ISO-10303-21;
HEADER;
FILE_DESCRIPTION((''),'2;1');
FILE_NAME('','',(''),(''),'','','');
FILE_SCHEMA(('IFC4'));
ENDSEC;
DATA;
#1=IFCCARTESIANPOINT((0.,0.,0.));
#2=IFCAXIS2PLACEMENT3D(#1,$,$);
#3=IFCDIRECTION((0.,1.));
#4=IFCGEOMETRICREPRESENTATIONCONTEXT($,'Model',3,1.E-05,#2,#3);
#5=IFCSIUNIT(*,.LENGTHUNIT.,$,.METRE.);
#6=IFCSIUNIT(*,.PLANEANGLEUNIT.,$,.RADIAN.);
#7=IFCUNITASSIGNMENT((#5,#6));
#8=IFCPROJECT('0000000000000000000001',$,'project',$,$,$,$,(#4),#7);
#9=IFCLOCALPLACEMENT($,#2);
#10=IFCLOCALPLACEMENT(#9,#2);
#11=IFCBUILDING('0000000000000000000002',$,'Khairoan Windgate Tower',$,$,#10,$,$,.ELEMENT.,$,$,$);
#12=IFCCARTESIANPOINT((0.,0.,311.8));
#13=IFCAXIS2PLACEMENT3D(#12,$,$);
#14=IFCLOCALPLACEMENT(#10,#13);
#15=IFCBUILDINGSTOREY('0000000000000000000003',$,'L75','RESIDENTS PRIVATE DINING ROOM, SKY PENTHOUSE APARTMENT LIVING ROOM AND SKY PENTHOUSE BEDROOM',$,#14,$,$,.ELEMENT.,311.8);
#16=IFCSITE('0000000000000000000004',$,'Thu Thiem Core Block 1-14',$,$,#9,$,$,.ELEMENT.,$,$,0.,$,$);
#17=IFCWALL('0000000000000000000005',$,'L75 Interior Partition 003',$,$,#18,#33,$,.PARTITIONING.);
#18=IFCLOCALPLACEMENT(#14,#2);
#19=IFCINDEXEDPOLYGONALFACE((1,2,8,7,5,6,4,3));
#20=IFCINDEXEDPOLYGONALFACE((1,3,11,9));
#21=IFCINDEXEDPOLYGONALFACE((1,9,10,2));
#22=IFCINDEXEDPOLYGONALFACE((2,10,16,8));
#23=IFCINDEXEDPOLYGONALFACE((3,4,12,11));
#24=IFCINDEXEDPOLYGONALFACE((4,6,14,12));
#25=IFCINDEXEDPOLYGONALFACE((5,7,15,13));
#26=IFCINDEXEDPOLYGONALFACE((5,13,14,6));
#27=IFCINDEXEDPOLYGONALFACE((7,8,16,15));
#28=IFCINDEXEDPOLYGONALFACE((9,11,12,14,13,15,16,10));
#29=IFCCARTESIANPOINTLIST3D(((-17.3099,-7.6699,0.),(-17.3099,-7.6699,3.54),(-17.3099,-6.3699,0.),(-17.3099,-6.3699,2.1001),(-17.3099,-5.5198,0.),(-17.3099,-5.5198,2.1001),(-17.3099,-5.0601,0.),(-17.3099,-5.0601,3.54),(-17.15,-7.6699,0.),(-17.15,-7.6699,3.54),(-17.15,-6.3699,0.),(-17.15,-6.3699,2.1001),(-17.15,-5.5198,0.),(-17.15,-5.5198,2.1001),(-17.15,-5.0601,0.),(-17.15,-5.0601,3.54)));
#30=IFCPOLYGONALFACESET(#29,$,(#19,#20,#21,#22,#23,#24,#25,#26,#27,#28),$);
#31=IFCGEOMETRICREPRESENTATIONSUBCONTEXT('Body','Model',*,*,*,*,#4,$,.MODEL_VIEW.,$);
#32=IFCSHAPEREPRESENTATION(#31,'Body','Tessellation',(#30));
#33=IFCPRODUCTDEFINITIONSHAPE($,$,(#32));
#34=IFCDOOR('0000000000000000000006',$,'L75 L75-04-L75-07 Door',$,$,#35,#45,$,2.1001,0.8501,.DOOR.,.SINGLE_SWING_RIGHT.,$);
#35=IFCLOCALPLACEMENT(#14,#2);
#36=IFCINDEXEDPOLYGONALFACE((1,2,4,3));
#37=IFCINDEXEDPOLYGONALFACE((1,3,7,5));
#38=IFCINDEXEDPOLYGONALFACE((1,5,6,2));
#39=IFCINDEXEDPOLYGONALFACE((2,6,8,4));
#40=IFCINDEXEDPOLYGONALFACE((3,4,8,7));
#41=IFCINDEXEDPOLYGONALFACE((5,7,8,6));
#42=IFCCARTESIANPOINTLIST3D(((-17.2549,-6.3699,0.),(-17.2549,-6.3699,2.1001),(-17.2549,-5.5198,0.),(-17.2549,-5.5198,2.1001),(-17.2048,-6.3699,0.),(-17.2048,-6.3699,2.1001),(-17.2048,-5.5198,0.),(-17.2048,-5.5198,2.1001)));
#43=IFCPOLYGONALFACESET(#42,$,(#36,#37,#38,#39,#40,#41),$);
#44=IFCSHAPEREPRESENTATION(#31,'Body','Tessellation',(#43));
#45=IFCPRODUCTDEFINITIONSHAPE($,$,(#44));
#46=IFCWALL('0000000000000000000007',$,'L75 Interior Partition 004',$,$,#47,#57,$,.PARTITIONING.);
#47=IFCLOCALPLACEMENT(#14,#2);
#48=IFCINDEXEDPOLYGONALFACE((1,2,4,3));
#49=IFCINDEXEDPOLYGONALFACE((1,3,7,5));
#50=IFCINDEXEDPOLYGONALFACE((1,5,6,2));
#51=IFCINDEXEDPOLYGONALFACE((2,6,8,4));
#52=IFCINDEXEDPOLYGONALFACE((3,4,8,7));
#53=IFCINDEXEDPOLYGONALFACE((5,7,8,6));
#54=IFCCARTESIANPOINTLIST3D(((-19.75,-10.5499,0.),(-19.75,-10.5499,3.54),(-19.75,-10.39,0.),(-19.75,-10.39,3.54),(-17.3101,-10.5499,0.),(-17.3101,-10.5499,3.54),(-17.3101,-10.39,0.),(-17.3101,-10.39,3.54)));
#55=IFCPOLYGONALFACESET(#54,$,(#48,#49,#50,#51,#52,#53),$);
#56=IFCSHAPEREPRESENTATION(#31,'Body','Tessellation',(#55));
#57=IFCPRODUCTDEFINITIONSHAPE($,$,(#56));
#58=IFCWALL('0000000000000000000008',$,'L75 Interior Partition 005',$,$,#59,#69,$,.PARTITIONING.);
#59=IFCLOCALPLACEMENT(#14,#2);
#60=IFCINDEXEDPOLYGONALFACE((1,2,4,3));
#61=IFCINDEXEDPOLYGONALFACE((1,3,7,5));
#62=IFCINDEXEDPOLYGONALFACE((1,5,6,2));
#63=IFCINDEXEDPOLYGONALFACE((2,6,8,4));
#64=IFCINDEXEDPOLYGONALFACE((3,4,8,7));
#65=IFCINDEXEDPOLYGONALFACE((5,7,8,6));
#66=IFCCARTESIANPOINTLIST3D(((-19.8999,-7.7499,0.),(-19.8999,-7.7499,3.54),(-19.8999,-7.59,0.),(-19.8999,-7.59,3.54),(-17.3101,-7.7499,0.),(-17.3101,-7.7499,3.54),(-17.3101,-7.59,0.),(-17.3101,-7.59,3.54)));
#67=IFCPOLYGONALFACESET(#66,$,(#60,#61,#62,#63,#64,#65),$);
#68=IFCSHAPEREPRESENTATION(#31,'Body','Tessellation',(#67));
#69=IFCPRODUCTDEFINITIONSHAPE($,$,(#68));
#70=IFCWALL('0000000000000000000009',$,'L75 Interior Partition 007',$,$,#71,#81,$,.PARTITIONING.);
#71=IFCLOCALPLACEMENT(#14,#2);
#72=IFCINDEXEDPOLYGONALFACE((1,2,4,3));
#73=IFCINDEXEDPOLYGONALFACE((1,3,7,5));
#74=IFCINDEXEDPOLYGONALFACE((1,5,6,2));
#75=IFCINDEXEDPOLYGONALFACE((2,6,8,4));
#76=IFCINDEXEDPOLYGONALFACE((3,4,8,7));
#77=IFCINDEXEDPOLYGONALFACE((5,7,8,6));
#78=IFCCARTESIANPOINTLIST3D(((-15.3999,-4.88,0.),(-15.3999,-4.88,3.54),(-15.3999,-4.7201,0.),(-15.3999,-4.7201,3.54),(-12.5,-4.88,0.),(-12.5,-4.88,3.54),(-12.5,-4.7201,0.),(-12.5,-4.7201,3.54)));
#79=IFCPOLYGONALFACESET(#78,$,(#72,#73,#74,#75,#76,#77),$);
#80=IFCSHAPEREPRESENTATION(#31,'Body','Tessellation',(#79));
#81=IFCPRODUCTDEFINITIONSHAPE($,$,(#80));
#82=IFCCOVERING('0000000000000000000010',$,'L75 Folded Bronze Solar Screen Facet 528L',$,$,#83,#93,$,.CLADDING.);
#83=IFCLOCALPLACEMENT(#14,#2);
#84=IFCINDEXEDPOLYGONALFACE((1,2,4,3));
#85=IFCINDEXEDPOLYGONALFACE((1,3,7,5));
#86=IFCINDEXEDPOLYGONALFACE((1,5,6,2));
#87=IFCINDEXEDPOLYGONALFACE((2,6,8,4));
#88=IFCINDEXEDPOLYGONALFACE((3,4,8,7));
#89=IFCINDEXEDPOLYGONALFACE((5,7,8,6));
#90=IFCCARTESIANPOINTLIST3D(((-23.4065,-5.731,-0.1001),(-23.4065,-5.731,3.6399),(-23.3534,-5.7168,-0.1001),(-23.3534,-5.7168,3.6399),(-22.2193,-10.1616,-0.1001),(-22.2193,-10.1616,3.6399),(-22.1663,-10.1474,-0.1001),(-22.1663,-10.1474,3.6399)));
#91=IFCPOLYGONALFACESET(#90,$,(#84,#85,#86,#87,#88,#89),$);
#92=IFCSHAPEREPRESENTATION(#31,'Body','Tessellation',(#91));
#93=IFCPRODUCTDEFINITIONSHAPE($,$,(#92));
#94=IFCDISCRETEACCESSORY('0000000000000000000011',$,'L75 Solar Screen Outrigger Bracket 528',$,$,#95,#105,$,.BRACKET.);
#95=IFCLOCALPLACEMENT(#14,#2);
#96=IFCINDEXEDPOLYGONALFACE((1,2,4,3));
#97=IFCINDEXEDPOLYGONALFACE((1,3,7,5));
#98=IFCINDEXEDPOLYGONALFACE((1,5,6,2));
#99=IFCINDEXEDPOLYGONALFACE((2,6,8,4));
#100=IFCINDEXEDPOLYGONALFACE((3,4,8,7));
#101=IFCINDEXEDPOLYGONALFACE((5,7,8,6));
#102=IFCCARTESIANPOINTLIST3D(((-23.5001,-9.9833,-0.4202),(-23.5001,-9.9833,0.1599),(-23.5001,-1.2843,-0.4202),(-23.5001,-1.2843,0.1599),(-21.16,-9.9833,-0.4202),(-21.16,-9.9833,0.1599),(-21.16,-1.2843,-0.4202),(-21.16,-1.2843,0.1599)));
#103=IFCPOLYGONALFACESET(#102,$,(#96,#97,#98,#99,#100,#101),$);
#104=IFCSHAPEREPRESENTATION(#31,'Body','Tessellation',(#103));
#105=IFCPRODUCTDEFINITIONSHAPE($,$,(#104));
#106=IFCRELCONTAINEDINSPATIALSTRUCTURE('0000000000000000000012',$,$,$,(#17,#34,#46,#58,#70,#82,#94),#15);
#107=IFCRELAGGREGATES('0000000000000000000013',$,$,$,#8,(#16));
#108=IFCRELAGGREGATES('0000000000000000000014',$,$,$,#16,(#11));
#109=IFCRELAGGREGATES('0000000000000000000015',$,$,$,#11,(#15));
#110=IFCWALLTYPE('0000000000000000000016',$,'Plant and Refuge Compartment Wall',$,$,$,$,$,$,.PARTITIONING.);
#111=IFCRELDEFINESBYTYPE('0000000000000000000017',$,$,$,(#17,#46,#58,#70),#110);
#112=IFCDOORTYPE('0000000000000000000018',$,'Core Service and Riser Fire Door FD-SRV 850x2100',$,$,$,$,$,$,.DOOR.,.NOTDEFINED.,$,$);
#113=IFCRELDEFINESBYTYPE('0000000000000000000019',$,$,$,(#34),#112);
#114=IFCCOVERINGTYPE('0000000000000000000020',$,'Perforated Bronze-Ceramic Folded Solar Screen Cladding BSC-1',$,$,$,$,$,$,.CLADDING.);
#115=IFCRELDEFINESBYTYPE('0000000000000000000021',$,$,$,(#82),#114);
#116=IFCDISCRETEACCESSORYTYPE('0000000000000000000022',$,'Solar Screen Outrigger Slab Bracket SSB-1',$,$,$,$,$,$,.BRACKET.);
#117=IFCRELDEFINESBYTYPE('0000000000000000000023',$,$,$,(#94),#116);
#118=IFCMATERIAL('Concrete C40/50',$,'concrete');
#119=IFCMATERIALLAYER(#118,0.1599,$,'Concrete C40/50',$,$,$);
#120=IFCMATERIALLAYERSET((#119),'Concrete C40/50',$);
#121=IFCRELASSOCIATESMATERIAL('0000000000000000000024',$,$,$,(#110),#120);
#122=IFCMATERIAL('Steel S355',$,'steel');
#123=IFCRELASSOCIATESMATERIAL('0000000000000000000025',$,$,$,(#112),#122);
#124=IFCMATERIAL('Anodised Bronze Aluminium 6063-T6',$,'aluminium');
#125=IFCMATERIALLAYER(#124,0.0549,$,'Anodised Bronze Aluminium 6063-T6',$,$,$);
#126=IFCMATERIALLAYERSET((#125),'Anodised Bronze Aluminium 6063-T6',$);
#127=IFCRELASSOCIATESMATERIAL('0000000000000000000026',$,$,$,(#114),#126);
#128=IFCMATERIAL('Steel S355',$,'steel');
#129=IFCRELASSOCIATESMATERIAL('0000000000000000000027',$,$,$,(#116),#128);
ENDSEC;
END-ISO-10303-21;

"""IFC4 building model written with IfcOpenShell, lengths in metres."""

from ifc_helpers import new_model, si_unit, direction, frame, frame_2d, origin, origin_2d, place, context, subcontext, project, spatial, rectangle, extrude, material, layer, layer_set, type_object, element, fill, save


model = new_model("IFC4")

# Units and contexts
model_context = context("Model", 3, precision=1e-05, world=origin(), true_north=direction((0.0, 1.0)))
body_context = subcontext(model_context, "Body", "Model", "MODEL_VIEW")
ifc_project = project(units=[si_unit("LENGTHUNIT", "METRE"), si_unit("PLANEANGLEUNIT", "RADIAN")], contexts=[model_context])

# Site, building, storey
site_placement = place(None, origin())
site = spatial("IfcSite", under=ifc_project, at=site_placement, Name="Thu Thiem Core Block 1-14", CompositionType="ELEMENT", RefElevation=0.0)
building_placement = place(site_placement, origin())
building = spatial("IfcBuilding", under=site, at=building_placement, Name="Khairoan Windgate Tower", CompositionType="ELEMENT")
storey_placement = place(building_placement, frame((0.0, 0.0, 311.8)))
storey = spatial("IfcBuildingStorey", under=building, at=storey_placement, Name="L75", Description="RESIDENTS PRIVATE DINING ROOM, SKY PENTHOUSE APARTMENT LIVING ROOM AND SKY PENTHOUSE BEDROOM", CompositionType="ELEMENT", Elevation=311.8)

# Wall, opening, door
ifc_material_1 = material(Name="Concrete C40/50", Category="concrete")
ifc_layer_1 = layer(ifc_material_1, 0.1599, Name="Concrete C40/50")
ifc_layer_set_1 = layer_set([ifc_layer_1], Name="Concrete C40/50")
wall_type_1 = type_object("IfcWallType", Name="Plant and Refuge Compartment Wall", PredefinedType="PARTITIONING", material=ifc_layer_set_1)
ifc_material_2 = material(Name="Steel S355", Category="steel")
door_type = type_object("IfcDoorType", Name="Core Service and Riser Fire Door FD-SRV 850x2100", OperationType="NOTDEFINED", PredefinedType="DOOR", material=ifc_material_2)
wall_1_placement = place(storey_placement, frame((-17.23, -7.6699, 0.0), z_axis=(0.0, 0.0, 1.0), x_axis=(0.0, 1.0, 0.0)))
wall_1 = element("IfcWall", 1, at=wall_1_placement, inside=storey, type_object=wall_type_1, Name="L75 Interior Partition 003", PredefinedType="PARTITIONING", context=body_context, shape_type="SweptSolid", body=[
    extrude(rectangle(XDim=2.6099, YDim=0.1599, at=frame_2d((1.3049, 0.0))), origin(), (0.0, 0.0, 1.0), 3.54),
])
opening_1_placement = place(wall_1_placement, frame((1.3, 0.0, 0.0)))
opening_1 = element("IfcOpeningElement", 2, at=opening_1_placement, cuts=wall_1, PredefinedType="OPENING", context=body_context, shape_type="SweptSolid", body=[
    extrude(rectangle(XDim=0.8501, YDim=2.1001, at=frame_2d((0.425, 1.05))), frame((0.0, 0.0898, 0.0), z_axis=(0.0, -1.0, 0.0), x_axis=(1.0, 0.0, 0.0)), (0.0, 0.0, 1.0), 0.1799),
])
door_1_placement = place(opening_1_placement, origin())
door_1 = element("IfcDoor", 3, at=door_1_placement, inside=storey, type_object=door_type, Name="L75 L75-04-L75-07 Door", OperationType="SINGLE_SWING_RIGHT", OverallHeight=2.1001, OverallWidth=0.8501, PredefinedType="DOOR", context=body_context, shape_type="SweptSolid", body=[
    extrude(rectangle(XDim=0.8501, YDim=2.1001, at=frame_2d((0.425, 1.05))), frame((0.0, 0.0249, 0.0), z_axis=(0.0, -1.0, 0.0), x_axis=(1.0, 0.0, 0.0)), (0.0, 0.0, 1.0), 0.05),
])
fill(opening_1, door_1)

# Walls
wall_2_placement = place(storey_placement, frame((-19.75, -10.47, 0.0), z_axis=(0.0, 0.0, 1.0), x_axis=(1.0, 0.0, 0.0)))
element("IfcWall", 4, at=wall_2_placement, inside=storey, type_object=wall_type_1, Name="L75 Interior Partition 004", PredefinedType="PARTITIONING", context=body_context, shape_type="SweptSolid", body=[
    extrude(rectangle(XDim=2.4399, YDim=0.1599, at=frame_2d((1.22, 0.0))), origin(), (0.0, 0.0, 1.0), 3.54),
])
wall_3_placement = place(storey_placement, frame((-19.8999, -7.6699, 0.0), z_axis=(0.0, 0.0, 1.0), x_axis=(1.0, 0.0, 0.0)))
element("IfcWall", 5, at=wall_3_placement, inside=storey, type_object=wall_type_1, Name="L75 Interior Partition 005", PredefinedType="PARTITIONING", context=body_context, shape_type="SweptSolid", body=[
    extrude(rectangle(XDim=2.5898, YDim=0.1599, at=frame_2d((1.2949, 0.0))), origin(), (0.0, 0.0, 1.0), 3.54),
])
wall_4_placement = place(storey_placement, frame((-15.3999, -4.8, 0.0), z_axis=(0.0, 0.0, 1.0), x_axis=(1.0, 0.0, 0.0)))
element("IfcWall", 6, at=wall_4_placement, inside=storey, type_object=wall_type_1, Name="L75 Interior Partition 007", PredefinedType="PARTITIONING", context=body_context, shape_type="SweptSolid", body=[
    extrude(rectangle(XDim=2.8999, YDim=0.1599, at=frame_2d((1.45, 0.0))), origin(), (0.0, 0.0, 1.0), 3.54),
])

# Covering
ifc_material_3 = material(Name="Anodised Bronze Aluminium 6063-T6", Category="aluminium")
ifc_layer_2 = layer(ifc_material_3, 0.0549, Name="Anodised Bronze Aluminium 6063-T6")
ifc_layer_set_2 = layer_set([ifc_layer_2], Name="Anodised Bronze Aluminium 6063-T6")
covering_type = type_object("IfcCoveringType", Name="Perforated Bronze-Ceramic Folded Solar Screen Cladding BSC-1", PredefinedType="CLADDING", material=ifc_layer_set_2)
covering_placement = place(storey_placement, frame((-22.7864, -7.9392, -0.1001), z_axis=(0.0, 0.0, 1.0), x_axis=(-0.258819, 0.965926, 0.0)))
element("IfcCovering", 7, at=covering_placement, inside=storey, type_object=covering_type, Name="L75 Folded Bronze Solar Screen Facet 528L", PredefinedType="CLADDING", context=body_context, shape_type="SweptSolid", body=[
    extrude(rectangle(XDim=4.5869, YDim=0.0549, at=origin_2d()), origin(), (0.0, 0.0, 1.0), 3.74),
])

# Discrete accessory
ifc_material_4 = material(Name="Steel S355", Category="steel")
discrete_accessory_type = type_object("IfcDiscreteAccessoryType", Name="Solar Screen Outrigger Slab Bracket SSB-1", PredefinedType="BRACKET", material=ifc_material_4)
discrete_accessory_placement = place(storey_placement, frame((-22.3301, -5.6338, -0.4202), z_axis=(0.0, 0.0, 1.0), x_axis=(0.0, 1.0, 0.0)))
element("IfcDiscreteAccessory", 8, at=discrete_accessory_placement, inside=storey, type_object=discrete_accessory_type, Name="L75 Solar Screen Outrigger Bracket 528", PredefinedType="BRACKET", context=body_context, shape_type="SweptSolid", body=[
    extrude(rectangle(XDim=8.699, YDim=2.3401, at=origin_2d()), origin(), (0.0, 0.0, 1.0), 0.5801),
])

save(model, "model.ifc")
